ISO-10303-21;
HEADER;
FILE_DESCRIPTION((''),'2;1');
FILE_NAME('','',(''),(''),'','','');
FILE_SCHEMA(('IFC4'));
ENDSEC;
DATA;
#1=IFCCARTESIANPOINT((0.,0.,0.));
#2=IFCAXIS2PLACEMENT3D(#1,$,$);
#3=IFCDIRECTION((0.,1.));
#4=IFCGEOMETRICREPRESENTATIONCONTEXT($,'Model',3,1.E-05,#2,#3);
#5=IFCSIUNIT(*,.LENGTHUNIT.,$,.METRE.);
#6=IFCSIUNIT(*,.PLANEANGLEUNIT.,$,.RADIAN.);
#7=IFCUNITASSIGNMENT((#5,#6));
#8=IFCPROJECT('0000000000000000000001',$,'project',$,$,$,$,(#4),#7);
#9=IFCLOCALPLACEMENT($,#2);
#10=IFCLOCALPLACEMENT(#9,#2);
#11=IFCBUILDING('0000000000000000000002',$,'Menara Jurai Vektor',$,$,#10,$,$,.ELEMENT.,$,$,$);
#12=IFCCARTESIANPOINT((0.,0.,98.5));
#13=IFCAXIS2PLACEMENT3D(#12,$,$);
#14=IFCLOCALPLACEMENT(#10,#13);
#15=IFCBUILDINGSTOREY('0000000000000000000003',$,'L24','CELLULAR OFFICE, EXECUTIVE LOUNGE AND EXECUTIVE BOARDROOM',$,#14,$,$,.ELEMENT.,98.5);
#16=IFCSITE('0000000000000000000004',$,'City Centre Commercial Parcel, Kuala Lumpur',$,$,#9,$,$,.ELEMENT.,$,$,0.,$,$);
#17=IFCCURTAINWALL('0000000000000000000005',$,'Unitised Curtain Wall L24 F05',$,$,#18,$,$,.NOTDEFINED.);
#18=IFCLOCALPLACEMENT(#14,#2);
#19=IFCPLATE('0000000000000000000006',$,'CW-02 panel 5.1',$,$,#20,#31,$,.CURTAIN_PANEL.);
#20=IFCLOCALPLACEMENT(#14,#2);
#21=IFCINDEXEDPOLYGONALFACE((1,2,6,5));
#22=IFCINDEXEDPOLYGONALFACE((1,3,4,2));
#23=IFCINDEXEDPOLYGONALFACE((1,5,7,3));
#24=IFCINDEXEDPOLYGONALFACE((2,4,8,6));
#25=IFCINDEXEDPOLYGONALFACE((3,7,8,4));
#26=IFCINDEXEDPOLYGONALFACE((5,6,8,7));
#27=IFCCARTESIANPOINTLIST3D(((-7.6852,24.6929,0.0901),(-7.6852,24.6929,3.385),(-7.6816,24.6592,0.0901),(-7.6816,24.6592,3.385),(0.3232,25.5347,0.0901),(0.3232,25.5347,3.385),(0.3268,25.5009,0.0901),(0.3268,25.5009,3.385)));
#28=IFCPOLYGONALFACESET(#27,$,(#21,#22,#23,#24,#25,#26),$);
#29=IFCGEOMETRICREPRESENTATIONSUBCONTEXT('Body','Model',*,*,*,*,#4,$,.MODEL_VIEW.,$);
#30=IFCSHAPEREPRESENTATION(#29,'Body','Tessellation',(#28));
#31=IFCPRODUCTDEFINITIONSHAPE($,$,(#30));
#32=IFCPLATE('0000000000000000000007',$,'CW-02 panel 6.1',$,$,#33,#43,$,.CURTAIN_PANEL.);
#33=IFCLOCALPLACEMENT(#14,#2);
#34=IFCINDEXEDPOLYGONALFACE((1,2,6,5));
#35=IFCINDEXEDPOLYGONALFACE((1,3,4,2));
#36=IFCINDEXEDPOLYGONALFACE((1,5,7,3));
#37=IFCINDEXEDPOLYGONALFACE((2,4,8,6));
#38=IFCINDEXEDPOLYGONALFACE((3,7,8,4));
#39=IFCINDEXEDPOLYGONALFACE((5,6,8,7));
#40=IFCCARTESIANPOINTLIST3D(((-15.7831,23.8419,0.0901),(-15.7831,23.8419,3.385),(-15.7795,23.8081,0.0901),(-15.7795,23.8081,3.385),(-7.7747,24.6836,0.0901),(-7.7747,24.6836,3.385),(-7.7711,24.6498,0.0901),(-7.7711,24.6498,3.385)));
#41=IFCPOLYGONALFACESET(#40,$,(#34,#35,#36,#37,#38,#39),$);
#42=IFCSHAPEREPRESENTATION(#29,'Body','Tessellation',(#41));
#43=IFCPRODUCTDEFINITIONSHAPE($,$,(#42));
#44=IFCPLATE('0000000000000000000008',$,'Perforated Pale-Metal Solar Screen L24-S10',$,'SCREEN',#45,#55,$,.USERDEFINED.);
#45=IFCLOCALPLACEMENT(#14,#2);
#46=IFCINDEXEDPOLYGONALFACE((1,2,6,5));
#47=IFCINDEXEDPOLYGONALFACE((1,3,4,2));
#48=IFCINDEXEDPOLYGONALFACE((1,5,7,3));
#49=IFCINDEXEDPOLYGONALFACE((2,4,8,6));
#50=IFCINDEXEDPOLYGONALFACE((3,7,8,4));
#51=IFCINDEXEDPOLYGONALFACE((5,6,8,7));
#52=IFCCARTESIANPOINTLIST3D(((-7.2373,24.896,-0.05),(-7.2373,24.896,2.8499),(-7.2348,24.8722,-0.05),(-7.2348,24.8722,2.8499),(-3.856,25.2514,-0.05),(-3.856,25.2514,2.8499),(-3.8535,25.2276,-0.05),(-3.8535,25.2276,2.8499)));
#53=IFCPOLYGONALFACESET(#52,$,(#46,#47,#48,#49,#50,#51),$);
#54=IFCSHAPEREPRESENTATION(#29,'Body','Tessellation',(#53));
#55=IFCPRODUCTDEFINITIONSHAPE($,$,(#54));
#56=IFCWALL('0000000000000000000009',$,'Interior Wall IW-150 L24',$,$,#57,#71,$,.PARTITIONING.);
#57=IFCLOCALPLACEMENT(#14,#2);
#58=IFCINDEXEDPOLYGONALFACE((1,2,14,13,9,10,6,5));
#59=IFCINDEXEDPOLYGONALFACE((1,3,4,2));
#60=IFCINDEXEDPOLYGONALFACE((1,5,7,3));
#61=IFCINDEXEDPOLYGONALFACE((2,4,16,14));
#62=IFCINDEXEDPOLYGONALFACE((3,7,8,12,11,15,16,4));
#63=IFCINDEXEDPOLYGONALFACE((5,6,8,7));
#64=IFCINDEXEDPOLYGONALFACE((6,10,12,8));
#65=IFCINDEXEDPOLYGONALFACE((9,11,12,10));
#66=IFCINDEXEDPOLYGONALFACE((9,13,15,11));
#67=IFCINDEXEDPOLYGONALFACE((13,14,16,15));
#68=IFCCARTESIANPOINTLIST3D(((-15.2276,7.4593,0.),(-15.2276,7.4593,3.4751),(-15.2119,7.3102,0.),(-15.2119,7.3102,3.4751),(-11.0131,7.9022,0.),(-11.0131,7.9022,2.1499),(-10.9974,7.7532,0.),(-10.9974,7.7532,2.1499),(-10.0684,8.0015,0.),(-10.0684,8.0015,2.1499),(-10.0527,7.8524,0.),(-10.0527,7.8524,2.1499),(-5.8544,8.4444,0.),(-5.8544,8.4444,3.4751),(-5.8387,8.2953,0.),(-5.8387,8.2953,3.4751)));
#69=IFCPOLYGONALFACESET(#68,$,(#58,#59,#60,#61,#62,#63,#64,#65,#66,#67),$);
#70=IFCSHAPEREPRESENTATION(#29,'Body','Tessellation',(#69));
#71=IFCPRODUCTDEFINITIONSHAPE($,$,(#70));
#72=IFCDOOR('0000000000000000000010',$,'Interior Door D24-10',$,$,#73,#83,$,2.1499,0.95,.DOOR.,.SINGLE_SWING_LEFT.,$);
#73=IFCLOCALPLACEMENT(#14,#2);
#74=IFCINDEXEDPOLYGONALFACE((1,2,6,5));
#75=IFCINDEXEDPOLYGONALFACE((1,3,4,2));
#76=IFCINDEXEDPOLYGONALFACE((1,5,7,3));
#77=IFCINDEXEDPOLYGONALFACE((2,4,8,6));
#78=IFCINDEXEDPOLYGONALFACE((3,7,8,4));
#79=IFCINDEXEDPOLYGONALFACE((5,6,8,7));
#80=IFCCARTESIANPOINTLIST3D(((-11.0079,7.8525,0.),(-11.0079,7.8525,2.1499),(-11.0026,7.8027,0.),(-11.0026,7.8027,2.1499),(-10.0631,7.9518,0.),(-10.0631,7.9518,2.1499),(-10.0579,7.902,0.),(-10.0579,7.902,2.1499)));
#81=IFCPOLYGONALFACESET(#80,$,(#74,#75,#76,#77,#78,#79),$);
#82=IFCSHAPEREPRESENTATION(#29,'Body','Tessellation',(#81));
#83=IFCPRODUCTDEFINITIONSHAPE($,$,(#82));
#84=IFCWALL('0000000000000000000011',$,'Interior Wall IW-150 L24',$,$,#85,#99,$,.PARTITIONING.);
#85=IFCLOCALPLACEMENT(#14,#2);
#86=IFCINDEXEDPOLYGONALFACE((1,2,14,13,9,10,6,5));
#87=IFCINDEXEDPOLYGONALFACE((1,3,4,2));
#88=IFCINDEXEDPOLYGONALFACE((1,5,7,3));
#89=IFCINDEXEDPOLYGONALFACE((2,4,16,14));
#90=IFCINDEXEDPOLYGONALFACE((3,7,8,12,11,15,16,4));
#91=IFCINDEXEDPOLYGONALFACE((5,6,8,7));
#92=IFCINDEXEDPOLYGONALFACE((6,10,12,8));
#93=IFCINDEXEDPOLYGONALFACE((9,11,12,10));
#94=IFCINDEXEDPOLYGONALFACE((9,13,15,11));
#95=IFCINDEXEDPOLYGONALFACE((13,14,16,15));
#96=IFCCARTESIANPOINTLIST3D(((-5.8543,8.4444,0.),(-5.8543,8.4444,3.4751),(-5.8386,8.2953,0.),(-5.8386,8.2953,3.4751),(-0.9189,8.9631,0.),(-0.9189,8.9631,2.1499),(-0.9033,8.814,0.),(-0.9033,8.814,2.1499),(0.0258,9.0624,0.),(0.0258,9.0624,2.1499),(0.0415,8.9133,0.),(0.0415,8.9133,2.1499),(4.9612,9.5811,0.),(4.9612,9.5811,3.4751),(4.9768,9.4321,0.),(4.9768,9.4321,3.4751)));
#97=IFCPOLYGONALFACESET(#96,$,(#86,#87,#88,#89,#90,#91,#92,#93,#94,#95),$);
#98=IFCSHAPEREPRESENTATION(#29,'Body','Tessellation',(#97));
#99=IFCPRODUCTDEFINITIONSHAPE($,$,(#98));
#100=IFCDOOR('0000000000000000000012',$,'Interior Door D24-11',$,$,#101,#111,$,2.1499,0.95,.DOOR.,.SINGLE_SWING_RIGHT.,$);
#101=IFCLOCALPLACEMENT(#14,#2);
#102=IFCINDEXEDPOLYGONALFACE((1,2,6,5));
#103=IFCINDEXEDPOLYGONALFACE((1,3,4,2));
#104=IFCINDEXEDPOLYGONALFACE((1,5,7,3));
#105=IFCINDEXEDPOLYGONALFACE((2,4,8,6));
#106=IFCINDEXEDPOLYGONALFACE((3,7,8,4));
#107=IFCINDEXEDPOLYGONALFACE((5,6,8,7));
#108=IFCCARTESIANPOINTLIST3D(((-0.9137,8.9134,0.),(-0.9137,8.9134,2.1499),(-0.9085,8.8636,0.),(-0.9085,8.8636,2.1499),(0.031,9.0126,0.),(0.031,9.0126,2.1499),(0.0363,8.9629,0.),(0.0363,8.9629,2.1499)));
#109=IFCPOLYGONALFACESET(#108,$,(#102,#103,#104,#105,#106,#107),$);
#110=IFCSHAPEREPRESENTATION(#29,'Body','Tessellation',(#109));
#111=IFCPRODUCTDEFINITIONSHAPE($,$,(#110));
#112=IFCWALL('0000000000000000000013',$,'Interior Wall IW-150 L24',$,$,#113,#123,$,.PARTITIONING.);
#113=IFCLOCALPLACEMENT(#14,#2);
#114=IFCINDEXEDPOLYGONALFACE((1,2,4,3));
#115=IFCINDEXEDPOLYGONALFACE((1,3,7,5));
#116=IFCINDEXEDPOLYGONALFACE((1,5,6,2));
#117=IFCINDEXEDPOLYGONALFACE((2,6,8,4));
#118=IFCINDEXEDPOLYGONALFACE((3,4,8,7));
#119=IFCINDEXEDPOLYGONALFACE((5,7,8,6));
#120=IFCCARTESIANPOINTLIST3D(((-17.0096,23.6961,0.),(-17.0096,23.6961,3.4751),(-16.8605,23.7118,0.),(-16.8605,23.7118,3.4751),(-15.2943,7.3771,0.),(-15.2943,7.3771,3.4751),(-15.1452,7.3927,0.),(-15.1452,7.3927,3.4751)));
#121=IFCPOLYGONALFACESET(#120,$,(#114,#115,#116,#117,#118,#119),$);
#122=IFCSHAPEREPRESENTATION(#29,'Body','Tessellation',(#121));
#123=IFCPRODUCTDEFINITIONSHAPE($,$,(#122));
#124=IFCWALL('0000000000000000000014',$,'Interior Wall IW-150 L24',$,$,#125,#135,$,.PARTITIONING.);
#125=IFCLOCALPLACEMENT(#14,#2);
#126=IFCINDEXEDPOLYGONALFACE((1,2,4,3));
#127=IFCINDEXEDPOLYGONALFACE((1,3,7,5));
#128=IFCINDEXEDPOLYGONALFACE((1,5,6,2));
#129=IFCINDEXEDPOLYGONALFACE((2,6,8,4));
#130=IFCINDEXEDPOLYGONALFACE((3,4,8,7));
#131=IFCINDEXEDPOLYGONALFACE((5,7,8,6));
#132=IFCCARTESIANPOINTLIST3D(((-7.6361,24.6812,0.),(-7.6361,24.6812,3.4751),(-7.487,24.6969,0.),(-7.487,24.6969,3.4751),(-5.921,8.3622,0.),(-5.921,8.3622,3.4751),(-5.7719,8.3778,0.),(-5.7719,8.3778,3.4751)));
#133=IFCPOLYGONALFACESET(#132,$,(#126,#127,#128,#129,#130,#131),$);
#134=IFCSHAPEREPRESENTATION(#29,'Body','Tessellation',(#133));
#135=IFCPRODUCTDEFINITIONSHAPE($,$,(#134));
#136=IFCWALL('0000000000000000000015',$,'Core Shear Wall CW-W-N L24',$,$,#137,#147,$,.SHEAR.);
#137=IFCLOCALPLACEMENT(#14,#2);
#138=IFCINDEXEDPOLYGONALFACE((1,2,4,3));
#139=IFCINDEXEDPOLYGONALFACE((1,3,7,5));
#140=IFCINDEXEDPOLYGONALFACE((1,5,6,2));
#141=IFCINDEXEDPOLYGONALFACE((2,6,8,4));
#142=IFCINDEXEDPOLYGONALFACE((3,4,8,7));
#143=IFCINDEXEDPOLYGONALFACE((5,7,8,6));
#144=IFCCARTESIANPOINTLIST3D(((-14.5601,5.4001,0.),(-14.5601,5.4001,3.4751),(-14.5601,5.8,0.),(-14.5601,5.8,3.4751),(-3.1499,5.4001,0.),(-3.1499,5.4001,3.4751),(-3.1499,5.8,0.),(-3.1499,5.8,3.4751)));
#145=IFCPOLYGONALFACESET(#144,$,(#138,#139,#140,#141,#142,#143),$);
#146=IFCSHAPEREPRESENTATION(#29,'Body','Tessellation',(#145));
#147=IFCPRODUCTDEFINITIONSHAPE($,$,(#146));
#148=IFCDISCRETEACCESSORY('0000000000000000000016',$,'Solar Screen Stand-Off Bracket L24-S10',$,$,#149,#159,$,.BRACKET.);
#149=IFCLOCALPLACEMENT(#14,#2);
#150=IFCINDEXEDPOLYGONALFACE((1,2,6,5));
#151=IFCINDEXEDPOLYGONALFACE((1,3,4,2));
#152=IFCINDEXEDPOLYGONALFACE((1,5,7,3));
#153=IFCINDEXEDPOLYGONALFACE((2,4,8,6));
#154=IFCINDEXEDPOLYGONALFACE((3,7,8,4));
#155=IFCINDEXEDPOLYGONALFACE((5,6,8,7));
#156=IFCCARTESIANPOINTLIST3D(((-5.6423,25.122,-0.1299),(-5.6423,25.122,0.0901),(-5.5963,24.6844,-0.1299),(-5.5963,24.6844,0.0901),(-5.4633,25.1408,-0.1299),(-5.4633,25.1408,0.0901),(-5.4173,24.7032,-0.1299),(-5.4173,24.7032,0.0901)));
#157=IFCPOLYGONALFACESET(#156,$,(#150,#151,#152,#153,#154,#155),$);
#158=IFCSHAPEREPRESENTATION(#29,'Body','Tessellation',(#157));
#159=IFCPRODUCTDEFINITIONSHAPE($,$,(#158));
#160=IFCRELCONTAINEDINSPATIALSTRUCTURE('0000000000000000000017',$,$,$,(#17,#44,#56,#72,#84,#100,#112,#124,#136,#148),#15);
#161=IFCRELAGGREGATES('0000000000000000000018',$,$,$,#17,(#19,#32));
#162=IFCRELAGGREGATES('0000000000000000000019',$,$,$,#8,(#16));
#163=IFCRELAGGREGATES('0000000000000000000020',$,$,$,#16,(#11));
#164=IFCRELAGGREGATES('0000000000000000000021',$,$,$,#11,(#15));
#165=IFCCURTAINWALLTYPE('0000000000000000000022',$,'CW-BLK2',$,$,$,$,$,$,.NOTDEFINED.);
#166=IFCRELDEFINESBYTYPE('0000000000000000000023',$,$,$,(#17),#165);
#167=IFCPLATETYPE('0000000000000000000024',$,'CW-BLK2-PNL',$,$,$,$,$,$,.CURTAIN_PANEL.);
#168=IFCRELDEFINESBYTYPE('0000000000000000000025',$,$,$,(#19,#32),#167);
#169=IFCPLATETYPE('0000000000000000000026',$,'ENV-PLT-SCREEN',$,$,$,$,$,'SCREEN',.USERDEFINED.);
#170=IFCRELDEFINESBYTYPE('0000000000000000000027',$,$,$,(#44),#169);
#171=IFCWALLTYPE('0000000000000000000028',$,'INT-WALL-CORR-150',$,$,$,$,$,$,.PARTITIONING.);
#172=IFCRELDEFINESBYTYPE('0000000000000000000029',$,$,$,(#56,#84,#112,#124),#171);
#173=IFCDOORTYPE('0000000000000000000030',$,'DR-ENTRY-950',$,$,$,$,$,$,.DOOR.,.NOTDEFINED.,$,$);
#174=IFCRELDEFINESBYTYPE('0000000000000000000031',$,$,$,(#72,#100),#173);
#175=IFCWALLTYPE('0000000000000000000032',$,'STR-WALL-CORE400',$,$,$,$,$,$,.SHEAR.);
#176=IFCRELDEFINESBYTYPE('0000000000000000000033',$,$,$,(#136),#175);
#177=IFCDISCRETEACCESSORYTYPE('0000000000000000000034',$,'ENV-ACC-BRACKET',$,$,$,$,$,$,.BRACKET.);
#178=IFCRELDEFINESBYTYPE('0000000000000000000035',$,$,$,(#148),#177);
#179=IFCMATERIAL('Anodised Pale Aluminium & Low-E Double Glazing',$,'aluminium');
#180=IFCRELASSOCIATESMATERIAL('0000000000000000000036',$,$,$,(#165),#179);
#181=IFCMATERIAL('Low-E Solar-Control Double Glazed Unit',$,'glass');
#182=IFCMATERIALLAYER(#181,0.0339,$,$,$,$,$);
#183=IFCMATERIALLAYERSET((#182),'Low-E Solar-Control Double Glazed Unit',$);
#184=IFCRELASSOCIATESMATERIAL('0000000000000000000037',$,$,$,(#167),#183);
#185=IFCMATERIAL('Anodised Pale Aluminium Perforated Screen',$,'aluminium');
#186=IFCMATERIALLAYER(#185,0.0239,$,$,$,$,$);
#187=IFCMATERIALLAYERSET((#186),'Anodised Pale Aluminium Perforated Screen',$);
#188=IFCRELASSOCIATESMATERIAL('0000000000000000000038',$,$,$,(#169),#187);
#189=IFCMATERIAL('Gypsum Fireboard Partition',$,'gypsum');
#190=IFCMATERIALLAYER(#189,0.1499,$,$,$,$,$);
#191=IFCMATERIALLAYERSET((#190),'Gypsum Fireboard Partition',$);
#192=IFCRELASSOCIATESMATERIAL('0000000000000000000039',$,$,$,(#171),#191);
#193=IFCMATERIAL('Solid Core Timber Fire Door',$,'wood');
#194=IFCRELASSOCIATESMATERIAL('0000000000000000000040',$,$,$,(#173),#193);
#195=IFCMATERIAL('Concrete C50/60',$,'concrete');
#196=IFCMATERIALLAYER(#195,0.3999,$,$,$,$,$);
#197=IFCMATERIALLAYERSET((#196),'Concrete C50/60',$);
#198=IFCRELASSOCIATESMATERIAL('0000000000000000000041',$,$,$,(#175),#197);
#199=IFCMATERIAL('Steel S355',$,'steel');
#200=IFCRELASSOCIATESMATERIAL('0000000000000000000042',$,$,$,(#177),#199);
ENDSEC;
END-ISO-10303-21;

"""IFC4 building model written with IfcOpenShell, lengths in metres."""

from ifc_helpers import new_model, si_unit, direction, frame, frame_2d, origin, origin_2d, place, context, subcontext, project, spatial, rectangle, extrude, material, layer, layer_set, type_object, element, fill, aggregate, save


model = new_model("IFC4")

# Units and contexts
model_context = context("Model", 3, precision=1e-05, world=origin(), true_north=direction((0.0, 1.0)))
body_context = subcontext(model_context, "Body", "Model", "MODEL_VIEW")
ifc_project = project(units=[si_unit("LENGTHUNIT", "METRE"), si_unit("PLANEANGLEUNIT", "RADIAN")], contexts=[model_context])

# Site, building, storey
site_placement = place(None, origin())
site = spatial("IfcSite", under=ifc_project, at=site_placement, Name="City Centre Commercial Parcel, Kuala Lumpur", CompositionType="ELEMENT", RefElevation=0.0)
building_placement = place(site_placement, origin())
building = spatial("IfcBuilding", under=site, at=building_placement, Name="Menara Jurai Vektor", CompositionType="ELEMENT")
storey_placement = place(building_placement, frame((0.0, 0.0, 98.5)))
storey = spatial("IfcBuildingStorey", under=building, at=storey_placement, Name="L24", Description="CELLULAR OFFICE, EXECUTIVE LOUNGE AND EXECUTIVE BOARDROOM", CompositionType="ELEMENT", Elevation=98.5)

# Curtain wall
ifc_material_1 = material(Name="Anodised Pale Aluminium & Low-E Double Glazing", Category="aluminium")
curtain_wall_type = type_object("IfcCurtainWallType", Name="CW-BLK2", PredefinedType="NOTDEFINED", material=ifc_material_1)
curtain_wall_placement = place(storey_placement, origin())
curtain_wall = element("IfcCurtainWall", 1, at=curtain_wall_placement, inside=storey, type_object=curtain_wall_type, Name="Unitised Curtain Wall L24 F05", PredefinedType="NOTDEFINED")

# Shared definitions
ifc_material_2 = material(Name="Steel S355", Category="steel")

# Plates
ifc_material_3 = material(Name="Low-E Solar-Control Double Glazed Unit", Category="glass")
ifc_layer_1 = layer(ifc_material_3, 0.0339)
ifc_layer_set_1 = layer_set([ifc_layer_1], Name="Low-E Solar-Control Double Glazed Unit")
plate_type_1 = type_object("IfcPlateType", Name="CW-BLK2-PNL", PredefinedType="CURTAIN_PANEL", material=ifc_layer_set_1)
plate_1_placement = place(storey_placement, frame((-3.6792, 25.0969, 0.0901), z_axis=(0.0, 0.0, 1.0), x_axis=(-0.994522, -0.104529, 0.0)))
plate_1 = element("IfcPlate", 2, at=plate_1_placement, type_object=plate_type_1, Name="CW-02 panel 5.1", PredefinedType="CURTAIN_PANEL", context=body_context, shape_type="SweptSolid", body=[
    extrude(rectangle(XDim=8.0525, YDim=0.0339, at=origin_2d()), origin(), (0.0, 0.0, 1.0), 3.2949),
])
plate_2_placement = place(storey_placement, frame((-11.7771, 24.2458, 0.0901), z_axis=(0.0, 0.0, 1.0), x_axis=(-0.994522, -0.104529, 0.0)))
plate_2 = element("IfcPlate", 3, at=plate_2_placement, type_object=plate_type_1, Name="CW-02 panel 6.1", PredefinedType="CURTAIN_PANEL", context=body_context, shape_type="SweptSolid", body=[
    extrude(rectangle(XDim=8.0525, YDim=0.0339, at=origin_2d()), origin(), (0.0, 0.0, 1.0), 3.2949),
])
aggregate(curtain_wall, [plate_1, plate_2])
ifc_material_4 = material(Name="Anodised Pale Aluminium Perforated Screen", Category="aluminium")
ifc_layer_2 = layer(ifc_material_4, 0.0239)
ifc_layer_set_2 = layer_set([ifc_layer_2], Name="Anodised Pale Aluminium Perforated Screen")
plate_type_2 = type_object("IfcPlateType", Name="ENV-PLT-SCREEN", ElementType="SCREEN", PredefinedType="USERDEFINED", material=ifc_layer_set_2)
plate_3_placement = place(storey_placement, frame((-5.5454, 25.0618, -0.05), z_axis=(0.0, 0.0, 1.0), x_axis=(-0.994522, -0.104528, 0.0)))
element("IfcPlate", 4, at=plate_3_placement, inside=storey, type_object=plate_type_2, Name="Perforated Pale-Metal Solar Screen L24-S10", ObjectType="SCREEN", PredefinedType="USERDEFINED", context=body_context, shape_type="SweptSolid", body=[
    extrude(rectangle(XDim=3.3999, YDim=0.0239, at=origin_2d()), origin(), (0.0, 0.0, 1.0), 2.8999),
])

# Walls, openings, doors
ifc_material_5 = material(Name="Gypsum Fireboard Partition", Category="gypsum")
ifc_layer_3 = layer(ifc_material_5, 0.1499)
ifc_layer_set_3 = layer_set([ifc_layer_3], Name="Gypsum Fireboard Partition")
wall_type_1 = type_object("IfcWallType", Name="INT-WALL-CORR-150", PredefinedType="PARTITIONING", material=ifc_layer_set_3)
ifc_material_6 = material(Name="Solid Core Timber Fire Door", Category="wood")
door_type = type_object("IfcDoorType", Name="DR-ENTRY-950", OperationType="NOTDEFINED", PredefinedType="DOOR", material=ifc_material_6)
wall_1_placement = place(storey_placement, frame((-15.2197, 7.3848, 0.0), z_axis=(0.0, 0.0, 1.0), x_axis=(0.994523, 0.104522, 0.0)))
wall_1 = element("IfcWall", 5, at=wall_1_placement, inside=storey, type_object=wall_type_1, Name="Interior Wall IW-150 L24", PredefinedType="PARTITIONING", context=body_context, shape_type="SweptSolid", body=[
    extrude(rectangle(XDim=9.4248, YDim=0.1499, at=frame_2d((4.7124, 0.0))), origin(), (0.0, 0.0, 1.0), 3.4751),
])
opening_1_placement = place(wall_1_placement, frame((4.2375, 0.0, 0.0)))
opening_1 = element("IfcOpeningElement", 6, at=opening_1_placement, cuts=wall_1, PredefinedType="OPENING", context=body_context, shape_type="SweptSolid", body=[
    extrude(rectangle(XDim=0.95, YDim=2.1499, at=frame_2d((0.4751, 1.075))), frame((0.0, 0.085, 0.0), z_axis=(0.0, -1.0, 0.0), x_axis=(1.0, 0.0, 0.0)), (0.0, 0.0, 1.0), 0.1699),
])
door_1_placement = place(opening_1_placement, origin())
door_1 = element("IfcDoor", 7, at=door_1_placement, inside=storey, type_object=door_type, Name="Interior Door D24-10", OperationType="SINGLE_SWING_LEFT", OverallHeight=2.1499, OverallWidth=0.95, PredefinedType="DOOR", context=body_context, shape_type="SweptSolid", body=[
    extrude(rectangle(XDim=0.95, YDim=2.1499, at=frame_2d((0.4751, 1.075))), frame((0.0, 0.0249, 0.0), z_axis=(0.0, -1.0, 0.0), x_axis=(1.0, 0.0, 0.0)), (0.0, 0.0, 1.0), 0.05),
])
fill(opening_1, door_1)
wall_2_placement = place(storey_placement, frame((-5.8464, 8.3699, 0.0), z_axis=(0.0, 0.0, 1.0), x_axis=(0.994522, 0.104526, 0.0)))
wall_2 = element("IfcWall", 8, at=wall_2_placement, inside=storey, type_object=wall_type_1, Name="Interior Wall IW-150 L24", PredefinedType="PARTITIONING", context=body_context, shape_type="SweptSolid", body=[
    extrude(rectangle(XDim=10.875, YDim=0.1499, at=frame_2d((5.4375, 0.0))), origin(), (0.0, 0.0, 1.0), 3.4751),
])
opening_2_placement = place(wall_2_placement, frame((4.9624, 0.0, 0.0)))
opening_2 = element("IfcOpeningElement", 9, at=opening_2_placement, cuts=wall_2, PredefinedType="OPENING", context=body_context, shape_type="SweptSolid", body=[
    extrude(rectangle(XDim=0.95, YDim=2.1499, at=frame_2d((0.4751, 1.075))), frame((0.0, 0.085, 0.0), z_axis=(0.0, -1.0, 0.0), x_axis=(1.0, 0.0, 0.0)), (0.0, 0.0, 1.0), 0.1699),
])
door_2_placement = place(opening_2_placement, origin())
door_2 = element("IfcDoor", 10, at=door_2_placement, inside=storey, type_object=door_type, Name="Interior Door D24-11", OperationType="SINGLE_SWING_RIGHT", OverallHeight=2.1499, OverallWidth=0.95, PredefinedType="DOOR", context=body_context, shape_type="SweptSolid", body=[
    extrude(rectangle(XDim=0.95, YDim=2.1499, at=frame_2d((0.4751, 1.075))), frame((0.0, 0.0249, 0.0), z_axis=(0.0, -1.0, 0.0), x_axis=(1.0, 0.0, 0.0)), (0.0, 0.0, 1.0), 0.05),
])
fill(opening_2, door_2)

# Walls
for number, where, z_axis, x_axis, name in (
    (11, (-15.2197, 7.3848, 0.0), (0.0, 0.0, 1.0), (-0.104536, 0.994521, 0.0), "Interior Wall IW-150 L24"),
    (12, (-5.8464, 8.3699, 0.0), (0.0, 0.0, 1.0), (-0.104521, 0.994523, 0.0), "Interior Wall IW-150 L24"),
):
    element("IfcWall", number, at=place(storey_placement, frame(where, z_axis=z_axis, x_axis=x_axis)), inside=storey, type_object=wall_type_1, Name=name, PredefinedType="PARTITIONING", context=body_context, shape_type="SweptSolid", body=[
        extrude(rectangle(XDim=16.4089, YDim=0.1499, at=frame_2d((8.2046, 0.0))), origin(), (0.0, 0.0, 1.0), 3.4751),
    ])
ifc_material_7 = material(Name="Concrete C50/60", Category="concrete")
ifc_layer_4 = layer(ifc_material_7, 0.3999)
ifc_layer_set_4 = layer_set([ifc_layer_4], Name="Concrete C50/60")
wall_type_2 = type_object("IfcWallType", Name="STR-WALL-CORE400", PredefinedType="SHEAR", material=ifc_layer_set_4)
wall_3_placement = place(storey_placement, frame((-14.5601, 5.6001, 0.0), z_axis=(0.0, 0.0, 1.0), x_axis=(1.0, 0.0, 0.0)))
element("IfcWall", 13, at=wall_3_placement, inside=storey, type_object=wall_type_2, Name="Core Shear Wall CW-W-N L24", PredefinedType="SHEAR", context=body_context, shape_type="SweptSolid", body=[
    extrude(rectangle(XDim=11.4102, YDim=0.3999, at=frame_2d((5.7051, 0.0))), origin(), (0.0, 0.0, 1.0), 3.4751),
])

# Discrete accessory
discrete_accessory_type = type_object("IfcDiscreteAccessoryType", Name="ENV-ACC-BRACKET", PredefinedType="BRACKET", material=ifc_material_2)
discrete_accessory_placement = place(storey_placement, frame((-5.5298, 24.9126, -0.1299), z_axis=(0.0, 0.0, 1.0), x_axis=(-0.994522, -0.104528, 0.0)))
element("IfcDiscreteAccessory", 14, at=discrete_accessory_placement, inside=storey, type_object=discrete_accessory_type, Name="Solar Screen Stand-Off Bracket L24-S10", PredefinedType="BRACKET", context=body_context, shape_type="SweptSolid", body=[
    extrude(rectangle(XDim=0.1799, YDim=0.4399, at=origin_2d()), origin(), (0.0, 0.0, 1.0), 0.22),
])

save(model, "model.ifc")
